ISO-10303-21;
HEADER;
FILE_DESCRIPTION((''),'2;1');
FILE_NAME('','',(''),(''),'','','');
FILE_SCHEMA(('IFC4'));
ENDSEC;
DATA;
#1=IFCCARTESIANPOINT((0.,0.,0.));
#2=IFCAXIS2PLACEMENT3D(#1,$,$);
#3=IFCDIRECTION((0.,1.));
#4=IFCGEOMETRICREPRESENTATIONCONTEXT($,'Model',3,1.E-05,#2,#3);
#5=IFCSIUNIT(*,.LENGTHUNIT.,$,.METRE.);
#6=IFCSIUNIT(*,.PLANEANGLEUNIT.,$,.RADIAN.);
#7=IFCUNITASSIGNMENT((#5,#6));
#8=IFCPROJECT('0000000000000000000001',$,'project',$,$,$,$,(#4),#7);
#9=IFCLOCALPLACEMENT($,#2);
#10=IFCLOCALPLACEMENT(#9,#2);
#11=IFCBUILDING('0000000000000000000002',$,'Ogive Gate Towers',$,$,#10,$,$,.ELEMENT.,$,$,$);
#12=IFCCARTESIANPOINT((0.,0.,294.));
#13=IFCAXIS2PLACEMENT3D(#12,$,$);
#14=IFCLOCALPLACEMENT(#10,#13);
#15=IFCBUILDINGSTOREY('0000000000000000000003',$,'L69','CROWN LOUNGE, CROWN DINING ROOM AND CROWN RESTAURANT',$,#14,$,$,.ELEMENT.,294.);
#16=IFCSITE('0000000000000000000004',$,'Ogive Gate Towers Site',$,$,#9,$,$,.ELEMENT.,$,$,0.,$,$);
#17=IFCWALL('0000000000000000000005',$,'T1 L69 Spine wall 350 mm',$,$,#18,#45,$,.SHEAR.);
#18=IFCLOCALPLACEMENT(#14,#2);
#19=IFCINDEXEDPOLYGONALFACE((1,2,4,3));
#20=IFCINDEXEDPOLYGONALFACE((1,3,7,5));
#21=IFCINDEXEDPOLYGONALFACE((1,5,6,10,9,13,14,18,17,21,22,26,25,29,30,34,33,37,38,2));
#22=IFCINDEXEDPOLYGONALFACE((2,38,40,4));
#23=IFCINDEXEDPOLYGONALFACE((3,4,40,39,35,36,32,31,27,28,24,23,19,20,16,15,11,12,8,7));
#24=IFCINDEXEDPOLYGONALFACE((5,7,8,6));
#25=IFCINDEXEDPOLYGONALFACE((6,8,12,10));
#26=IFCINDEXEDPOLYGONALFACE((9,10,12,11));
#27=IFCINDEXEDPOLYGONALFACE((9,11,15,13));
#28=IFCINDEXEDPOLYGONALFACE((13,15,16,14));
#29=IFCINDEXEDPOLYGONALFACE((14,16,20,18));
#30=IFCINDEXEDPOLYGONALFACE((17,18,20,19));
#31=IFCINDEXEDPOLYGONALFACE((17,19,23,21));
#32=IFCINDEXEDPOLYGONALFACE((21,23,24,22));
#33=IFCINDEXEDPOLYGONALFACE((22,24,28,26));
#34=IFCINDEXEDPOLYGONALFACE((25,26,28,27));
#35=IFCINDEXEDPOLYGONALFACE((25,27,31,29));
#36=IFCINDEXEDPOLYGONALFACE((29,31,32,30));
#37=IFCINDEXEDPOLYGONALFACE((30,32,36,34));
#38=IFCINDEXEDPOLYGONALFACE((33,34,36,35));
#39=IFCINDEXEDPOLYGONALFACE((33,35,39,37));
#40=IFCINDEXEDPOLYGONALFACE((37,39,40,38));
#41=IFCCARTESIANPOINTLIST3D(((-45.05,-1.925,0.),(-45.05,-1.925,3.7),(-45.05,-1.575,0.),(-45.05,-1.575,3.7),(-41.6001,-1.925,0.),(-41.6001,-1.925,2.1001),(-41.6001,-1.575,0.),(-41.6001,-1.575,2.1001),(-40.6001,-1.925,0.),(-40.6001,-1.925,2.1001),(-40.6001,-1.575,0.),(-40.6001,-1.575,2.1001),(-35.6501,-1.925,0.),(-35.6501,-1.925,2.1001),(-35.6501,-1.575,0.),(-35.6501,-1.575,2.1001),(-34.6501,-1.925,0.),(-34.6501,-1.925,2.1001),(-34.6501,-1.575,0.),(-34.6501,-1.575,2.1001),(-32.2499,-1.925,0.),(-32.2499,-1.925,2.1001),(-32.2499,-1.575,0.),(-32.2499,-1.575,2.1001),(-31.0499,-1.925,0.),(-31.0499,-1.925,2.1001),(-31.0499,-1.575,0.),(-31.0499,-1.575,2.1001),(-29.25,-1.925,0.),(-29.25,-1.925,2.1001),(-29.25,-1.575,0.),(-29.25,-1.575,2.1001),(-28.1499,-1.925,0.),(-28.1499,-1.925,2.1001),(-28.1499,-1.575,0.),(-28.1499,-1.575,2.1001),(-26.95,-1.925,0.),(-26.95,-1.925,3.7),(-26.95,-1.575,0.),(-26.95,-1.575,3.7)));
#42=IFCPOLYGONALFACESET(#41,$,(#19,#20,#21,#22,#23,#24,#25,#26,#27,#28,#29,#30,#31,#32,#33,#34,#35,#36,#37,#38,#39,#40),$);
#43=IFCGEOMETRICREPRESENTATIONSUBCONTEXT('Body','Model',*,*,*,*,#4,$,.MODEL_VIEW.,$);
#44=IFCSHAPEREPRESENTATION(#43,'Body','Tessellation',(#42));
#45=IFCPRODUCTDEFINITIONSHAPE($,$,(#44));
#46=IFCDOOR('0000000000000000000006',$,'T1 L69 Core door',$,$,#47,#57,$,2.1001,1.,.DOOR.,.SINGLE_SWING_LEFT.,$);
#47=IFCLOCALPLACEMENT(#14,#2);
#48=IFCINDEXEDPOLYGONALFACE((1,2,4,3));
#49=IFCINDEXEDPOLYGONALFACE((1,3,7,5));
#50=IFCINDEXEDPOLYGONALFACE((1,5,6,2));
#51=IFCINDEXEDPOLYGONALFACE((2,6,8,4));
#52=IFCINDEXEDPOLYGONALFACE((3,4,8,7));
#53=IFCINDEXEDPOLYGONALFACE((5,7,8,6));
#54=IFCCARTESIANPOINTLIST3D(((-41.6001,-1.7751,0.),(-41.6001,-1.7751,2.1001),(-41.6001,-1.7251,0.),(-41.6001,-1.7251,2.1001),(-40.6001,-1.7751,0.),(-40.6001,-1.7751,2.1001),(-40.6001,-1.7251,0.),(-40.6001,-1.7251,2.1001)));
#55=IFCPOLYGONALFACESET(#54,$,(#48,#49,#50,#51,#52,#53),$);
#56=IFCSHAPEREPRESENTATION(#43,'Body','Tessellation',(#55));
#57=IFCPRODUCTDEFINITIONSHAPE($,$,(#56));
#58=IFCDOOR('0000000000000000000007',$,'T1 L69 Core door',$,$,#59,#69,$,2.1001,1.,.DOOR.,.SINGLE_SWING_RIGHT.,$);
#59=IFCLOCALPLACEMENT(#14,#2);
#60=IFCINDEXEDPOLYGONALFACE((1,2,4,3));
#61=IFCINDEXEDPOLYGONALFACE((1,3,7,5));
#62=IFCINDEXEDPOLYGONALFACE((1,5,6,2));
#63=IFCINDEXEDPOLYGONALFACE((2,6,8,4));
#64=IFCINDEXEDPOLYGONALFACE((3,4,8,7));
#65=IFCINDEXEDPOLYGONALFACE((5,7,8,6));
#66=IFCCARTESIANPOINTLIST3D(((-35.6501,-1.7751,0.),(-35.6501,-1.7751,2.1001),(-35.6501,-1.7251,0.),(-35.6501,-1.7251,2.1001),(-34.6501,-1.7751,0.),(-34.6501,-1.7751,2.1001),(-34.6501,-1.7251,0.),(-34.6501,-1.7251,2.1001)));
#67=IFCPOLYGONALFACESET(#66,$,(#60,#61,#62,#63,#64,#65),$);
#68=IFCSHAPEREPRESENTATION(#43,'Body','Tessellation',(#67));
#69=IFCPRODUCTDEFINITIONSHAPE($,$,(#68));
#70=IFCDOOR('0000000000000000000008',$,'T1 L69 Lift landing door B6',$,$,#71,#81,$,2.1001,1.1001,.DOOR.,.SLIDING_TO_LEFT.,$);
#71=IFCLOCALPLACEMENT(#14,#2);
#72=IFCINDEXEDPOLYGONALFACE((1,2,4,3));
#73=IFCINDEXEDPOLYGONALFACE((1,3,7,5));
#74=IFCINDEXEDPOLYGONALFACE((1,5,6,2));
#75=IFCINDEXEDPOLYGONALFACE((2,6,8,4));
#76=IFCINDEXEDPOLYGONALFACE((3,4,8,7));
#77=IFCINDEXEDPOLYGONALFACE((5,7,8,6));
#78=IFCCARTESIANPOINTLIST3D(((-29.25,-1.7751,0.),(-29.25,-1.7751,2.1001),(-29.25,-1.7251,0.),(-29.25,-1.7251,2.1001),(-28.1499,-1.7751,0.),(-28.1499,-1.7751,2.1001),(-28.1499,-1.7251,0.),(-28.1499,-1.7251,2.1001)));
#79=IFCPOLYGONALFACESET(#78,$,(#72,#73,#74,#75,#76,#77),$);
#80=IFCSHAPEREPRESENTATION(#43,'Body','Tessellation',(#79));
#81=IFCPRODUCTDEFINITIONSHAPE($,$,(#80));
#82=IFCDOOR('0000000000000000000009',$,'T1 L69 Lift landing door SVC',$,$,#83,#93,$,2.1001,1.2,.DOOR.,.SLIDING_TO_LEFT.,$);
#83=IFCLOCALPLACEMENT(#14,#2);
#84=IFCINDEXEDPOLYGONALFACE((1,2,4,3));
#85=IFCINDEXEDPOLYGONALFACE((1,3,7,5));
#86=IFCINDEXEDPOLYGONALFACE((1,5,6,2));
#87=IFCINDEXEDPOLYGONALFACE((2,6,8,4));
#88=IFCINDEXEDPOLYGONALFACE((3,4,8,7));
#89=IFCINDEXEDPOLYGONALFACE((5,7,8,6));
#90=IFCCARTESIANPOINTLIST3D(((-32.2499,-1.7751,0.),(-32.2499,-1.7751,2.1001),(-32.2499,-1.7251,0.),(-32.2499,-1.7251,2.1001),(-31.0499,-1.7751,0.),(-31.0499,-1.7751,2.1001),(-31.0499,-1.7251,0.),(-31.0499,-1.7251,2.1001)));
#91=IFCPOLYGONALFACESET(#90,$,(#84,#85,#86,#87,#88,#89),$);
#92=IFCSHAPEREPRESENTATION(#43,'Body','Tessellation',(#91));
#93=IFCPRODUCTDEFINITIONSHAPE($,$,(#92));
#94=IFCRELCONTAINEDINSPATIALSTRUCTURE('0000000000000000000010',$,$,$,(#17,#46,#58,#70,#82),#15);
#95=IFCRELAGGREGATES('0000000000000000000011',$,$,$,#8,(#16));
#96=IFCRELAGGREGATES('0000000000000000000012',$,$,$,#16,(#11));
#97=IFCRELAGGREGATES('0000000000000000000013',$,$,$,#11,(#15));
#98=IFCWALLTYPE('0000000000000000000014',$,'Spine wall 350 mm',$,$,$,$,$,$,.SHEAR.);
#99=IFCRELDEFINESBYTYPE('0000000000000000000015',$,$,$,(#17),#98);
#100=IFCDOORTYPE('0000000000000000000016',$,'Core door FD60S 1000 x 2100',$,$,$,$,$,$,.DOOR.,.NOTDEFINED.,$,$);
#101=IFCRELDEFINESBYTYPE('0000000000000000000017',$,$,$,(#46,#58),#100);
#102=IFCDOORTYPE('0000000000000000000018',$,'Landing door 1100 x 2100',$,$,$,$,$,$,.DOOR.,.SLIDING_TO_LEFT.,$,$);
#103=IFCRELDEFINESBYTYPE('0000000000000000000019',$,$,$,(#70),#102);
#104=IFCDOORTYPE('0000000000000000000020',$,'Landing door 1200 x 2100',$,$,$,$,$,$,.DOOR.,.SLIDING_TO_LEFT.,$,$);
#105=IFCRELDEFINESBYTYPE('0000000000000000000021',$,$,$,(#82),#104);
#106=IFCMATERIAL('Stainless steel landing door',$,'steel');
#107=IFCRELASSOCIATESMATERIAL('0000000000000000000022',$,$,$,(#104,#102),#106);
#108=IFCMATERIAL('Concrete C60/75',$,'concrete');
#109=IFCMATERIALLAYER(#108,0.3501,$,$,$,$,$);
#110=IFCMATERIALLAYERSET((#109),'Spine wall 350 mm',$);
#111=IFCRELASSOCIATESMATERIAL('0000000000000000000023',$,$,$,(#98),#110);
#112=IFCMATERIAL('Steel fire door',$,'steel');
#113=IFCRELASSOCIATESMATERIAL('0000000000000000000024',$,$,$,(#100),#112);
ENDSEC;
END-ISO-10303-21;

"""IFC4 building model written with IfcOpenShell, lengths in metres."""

from ifc_helpers import new_model, si_unit, direction, frame, frame_2d, origin, place, context, subcontext, project, spatial, rectangle, extrude, material, layer, layer_set, type_object, element, fill, save


model = new_model("IFC4")

# Units and contexts
model_context = context("Model", 3, precision=1e-05, world=origin(), true_north=direction((0.0, 1.0)))
body_context = subcontext(model_context, "Body", "Model", "MODEL_VIEW")
ifc_project = project(units=[si_unit("LENGTHUNIT", "METRE"), si_unit("PLANEANGLEUNIT", "RADIAN")], contexts=[model_context])

# Site, building, storey
site_placement = place(None, origin())
site = spatial("IfcSite", under=ifc_project, at=site_placement, Name="Ogive Gate Towers Site", CompositionType="ELEMENT", RefElevation=0.0)
building_placement = place(site_placement, origin())
building = spatial("IfcBuilding", under=site, at=building_placement, Name="Ogive Gate Towers", CompositionType="ELEMENT")
storey_placement = place(building_placement, frame((0.0, 0.0, 294.0)))
storey = spatial("IfcBuildingStorey", under=building, at=storey_placement, Name="L69", Description="CROWN LOUNGE, CROWN DINING ROOM AND CROWN RESTAURANT", CompositionType="ELEMENT", Elevation=294.0)

# Shared definitions
ifc_material_1 = material(Name="Concrete C60/75", Category="concrete")
ifc_material_2 = material(Name="Steel fire door", Category="steel")

# Shared definitions
ifc_material_3 = material(Name="Stainless steel landing door", Category="steel")
door_type_1 = type_object("IfcDoorType", Name="Landing door 1200 x 2100", OperationType="SLIDING_TO_LEFT", PredefinedType="DOOR", material=ifc_material_3)

# Wall, openings, doors
ifc_layer_1 = layer(ifc_material_1, 0.3501)
ifc_layer_set_1 = layer_set([ifc_layer_1], Name="Spine wall 350 mm")
wall_type_1 = type_object("IfcWallType", Name="Spine wall 350 mm", PredefinedType="SHEAR", material=ifc_layer_set_1)
wall_1_placement = place(storey_placement, frame((-45.05, -1.75, 0.0), z_axis=(0.0, 0.0, 1.0), x_axis=(1.0, 0.0, 0.0)))
wall_1 = element("IfcWall", 1, at=wall_1_placement, inside=storey, type_object=wall_type_1, Name="T1 L69 Spine wall 350 mm", PredefinedType="SHEAR", context=body_context, shape_type="SweptSolid", body=[
    extrude(rectangle(XDim=18.1001, YDim=0.3501, at=frame_2d((9.05, 0.0))), origin(), (0.0, 0.0, 1.0), 3.7),
])
opening_1_placement = place(wall_1_placement, frame((12.8, 0.0, 0.0)))
opening_1 = element("IfcOpeningElement", 2, at=opening_1_placement, cuts=wall_1, PredefinedType="OPENING", context=body_context, shape_type="SweptSolid", body=[
    extrude(rectangle(XDim=1.2, YDim=2.1001, at=frame_2d((0.6001, 1.05))), frame((0.0, 0.1851, 0.0), z_axis=(0.0, -1.0, 0.0), x_axis=(1.0, 0.0, 0.0)), (0.0, 0.0, 1.0), 0.3701),
])
opening_2_placement = place(wall_1_placement, frame((15.8, 0.0, 0.0)))
opening_2 = element("IfcOpeningElement", 3, at=opening_2_placement, cuts=wall_1, PredefinedType="OPENING", context=body_context, shape_type="SweptSolid", body=[
    extrude(rectangle(XDim=1.1001, YDim=2.1001, at=frame_2d((0.55, 1.05))), frame((0.0, 0.1851, 0.0), z_axis=(0.0, -1.0, 0.0), x_axis=(1.0, 0.0, 0.0)), (0.0, 0.0, 1.0), 0.3701),
])
opening_3_placement = place(wall_1_placement, frame((3.45, 0.0, 0.0)))
opening_3 = element("IfcOpeningElement", 4, at=opening_3_placement, cuts=wall_1, PredefinedType="OPENING", context=body_context, shape_type="SweptSolid", body=[
    extrude(rectangle(XDim=1.0, YDim=2.1001, at=frame_2d((0.5, 1.05))), frame((0.0, 0.1851, 0.0), z_axis=(0.0, -1.0, 0.0), x_axis=(1.0, 0.0, 0.0)), (0.0, 0.0, 1.0), 0.3701),
])
opening_4_placement = place(wall_1_placement, frame((9.3999, 0.0, 0.0)))
opening_4 = element("IfcOpeningElement", 5, at=opening_4_placement, cuts=wall_1, PredefinedType="OPENING", context=body_context, shape_type="SweptSolid", body=[
    extrude(rectangle(XDim=1.0, YDim=2.1001, at=frame_2d((0.5, 1.05))), frame((0.0, 0.1851, 0.0), z_axis=(0.0, -1.0, 0.0), x_axis=(1.0, 0.0, 0.0)), (0.0, 0.0, 1.0), 0.3701),
])
door_type_2 = type_object("IfcDoorType", Name="Core door FD60S 1000 x 2100", OperationType="NOTDEFINED", PredefinedType="DOOR", material=ifc_material_2)
door_1_placement = place(opening_3_placement, origin())
door_1 = element("IfcDoor", 6, at=door_1_placement, inside=storey, type_object=door_type_2, Name="T1 L69 Core door", OperationType="SINGLE_SWING_LEFT", OverallHeight=2.1001, OverallWidth=1.0, PredefinedType="DOOR", context=body_context, shape_type="SweptSolid", body=[
    extrude(rectangle(XDim=1.0, YDim=2.1001, at=frame_2d((0.5, 1.05))), frame((0.0, 0.0249, 0.0), z_axis=(0.0, -1.0, 0.0), x_axis=(1.0, 0.0, 0.0)), (0.0, 0.0, 1.0), 0.05),
])
fill(opening_3, door_1)
door_2_placement = place(opening_4_placement, origin())
door_2 = element("IfcDoor", 7, at=door_2_placement, inside=storey, type_object=door_type_2, Name="T1 L69 Core door", OperationType="SINGLE_SWING_RIGHT", OverallHeight=2.1001, OverallWidth=1.0, PredefinedType="DOOR", context=body_context, shape_type="SweptSolid", body=[
    extrude(rectangle(XDim=1.0, YDim=2.1001, at=frame_2d((0.5, 1.05))), frame((0.0, 0.0249, 0.0), z_axis=(0.0, -1.0, 0.0), x_axis=(1.0, 0.0, 0.0)), (0.0, 0.0, 1.0), 0.05),
])
fill(opening_4, door_2)
door_type_3 = type_object("IfcDoorType", Name="Landing door 1100 x 2100", OperationType="SLIDING_TO_LEFT", PredefinedType="DOOR", material=ifc_material_3)
door_3_placement = place(opening_2_placement, origin())
door_3 = element("IfcDoor", 8, at=door_3_placement, inside=storey, type_object=door_type_3, Name="T1 L69 Lift landing door B6", OperationType="SLIDING_TO_LEFT", OverallHeight=2.1001, OverallWidth=1.1001, PredefinedType="DOOR", context=body_context, shape_type="SweptSolid", body=[
    extrude(rectangle(XDim=1.1001, YDim=2.1001, at=frame_2d((0.55, 1.05))), frame((0.0, 0.0249, 0.0), z_axis=(0.0, -1.0, 0.0), x_axis=(1.0, 0.0, 0.0)), (0.0, 0.0, 1.0), 0.05),
])
fill(opening_2, door_3)
door_4_placement = place(opening_1_placement, origin())
door_4 = element("IfcDoor", 9, at=door_4_placement, inside=storey, type_object=door_type_1, Name="T1 L69 Lift landing door SVC", OperationType="SLIDING_TO_LEFT", OverallHeight=2.1001, OverallWidth=1.2, PredefinedType="DOOR", context=body_context, shape_type="SweptSolid", body=[
    extrude(rectangle(XDim=1.2, YDim=2.1001, at=frame_2d((0.6001, 1.05))), frame((0.0, 0.0249, 0.0), z_axis=(0.0, -1.0, 0.0), x_axis=(1.0, 0.0, 0.0)), (0.0, 0.0, 1.0), 0.05),
])
fill(opening_1, door_4)

save(model, "model.ifc")
